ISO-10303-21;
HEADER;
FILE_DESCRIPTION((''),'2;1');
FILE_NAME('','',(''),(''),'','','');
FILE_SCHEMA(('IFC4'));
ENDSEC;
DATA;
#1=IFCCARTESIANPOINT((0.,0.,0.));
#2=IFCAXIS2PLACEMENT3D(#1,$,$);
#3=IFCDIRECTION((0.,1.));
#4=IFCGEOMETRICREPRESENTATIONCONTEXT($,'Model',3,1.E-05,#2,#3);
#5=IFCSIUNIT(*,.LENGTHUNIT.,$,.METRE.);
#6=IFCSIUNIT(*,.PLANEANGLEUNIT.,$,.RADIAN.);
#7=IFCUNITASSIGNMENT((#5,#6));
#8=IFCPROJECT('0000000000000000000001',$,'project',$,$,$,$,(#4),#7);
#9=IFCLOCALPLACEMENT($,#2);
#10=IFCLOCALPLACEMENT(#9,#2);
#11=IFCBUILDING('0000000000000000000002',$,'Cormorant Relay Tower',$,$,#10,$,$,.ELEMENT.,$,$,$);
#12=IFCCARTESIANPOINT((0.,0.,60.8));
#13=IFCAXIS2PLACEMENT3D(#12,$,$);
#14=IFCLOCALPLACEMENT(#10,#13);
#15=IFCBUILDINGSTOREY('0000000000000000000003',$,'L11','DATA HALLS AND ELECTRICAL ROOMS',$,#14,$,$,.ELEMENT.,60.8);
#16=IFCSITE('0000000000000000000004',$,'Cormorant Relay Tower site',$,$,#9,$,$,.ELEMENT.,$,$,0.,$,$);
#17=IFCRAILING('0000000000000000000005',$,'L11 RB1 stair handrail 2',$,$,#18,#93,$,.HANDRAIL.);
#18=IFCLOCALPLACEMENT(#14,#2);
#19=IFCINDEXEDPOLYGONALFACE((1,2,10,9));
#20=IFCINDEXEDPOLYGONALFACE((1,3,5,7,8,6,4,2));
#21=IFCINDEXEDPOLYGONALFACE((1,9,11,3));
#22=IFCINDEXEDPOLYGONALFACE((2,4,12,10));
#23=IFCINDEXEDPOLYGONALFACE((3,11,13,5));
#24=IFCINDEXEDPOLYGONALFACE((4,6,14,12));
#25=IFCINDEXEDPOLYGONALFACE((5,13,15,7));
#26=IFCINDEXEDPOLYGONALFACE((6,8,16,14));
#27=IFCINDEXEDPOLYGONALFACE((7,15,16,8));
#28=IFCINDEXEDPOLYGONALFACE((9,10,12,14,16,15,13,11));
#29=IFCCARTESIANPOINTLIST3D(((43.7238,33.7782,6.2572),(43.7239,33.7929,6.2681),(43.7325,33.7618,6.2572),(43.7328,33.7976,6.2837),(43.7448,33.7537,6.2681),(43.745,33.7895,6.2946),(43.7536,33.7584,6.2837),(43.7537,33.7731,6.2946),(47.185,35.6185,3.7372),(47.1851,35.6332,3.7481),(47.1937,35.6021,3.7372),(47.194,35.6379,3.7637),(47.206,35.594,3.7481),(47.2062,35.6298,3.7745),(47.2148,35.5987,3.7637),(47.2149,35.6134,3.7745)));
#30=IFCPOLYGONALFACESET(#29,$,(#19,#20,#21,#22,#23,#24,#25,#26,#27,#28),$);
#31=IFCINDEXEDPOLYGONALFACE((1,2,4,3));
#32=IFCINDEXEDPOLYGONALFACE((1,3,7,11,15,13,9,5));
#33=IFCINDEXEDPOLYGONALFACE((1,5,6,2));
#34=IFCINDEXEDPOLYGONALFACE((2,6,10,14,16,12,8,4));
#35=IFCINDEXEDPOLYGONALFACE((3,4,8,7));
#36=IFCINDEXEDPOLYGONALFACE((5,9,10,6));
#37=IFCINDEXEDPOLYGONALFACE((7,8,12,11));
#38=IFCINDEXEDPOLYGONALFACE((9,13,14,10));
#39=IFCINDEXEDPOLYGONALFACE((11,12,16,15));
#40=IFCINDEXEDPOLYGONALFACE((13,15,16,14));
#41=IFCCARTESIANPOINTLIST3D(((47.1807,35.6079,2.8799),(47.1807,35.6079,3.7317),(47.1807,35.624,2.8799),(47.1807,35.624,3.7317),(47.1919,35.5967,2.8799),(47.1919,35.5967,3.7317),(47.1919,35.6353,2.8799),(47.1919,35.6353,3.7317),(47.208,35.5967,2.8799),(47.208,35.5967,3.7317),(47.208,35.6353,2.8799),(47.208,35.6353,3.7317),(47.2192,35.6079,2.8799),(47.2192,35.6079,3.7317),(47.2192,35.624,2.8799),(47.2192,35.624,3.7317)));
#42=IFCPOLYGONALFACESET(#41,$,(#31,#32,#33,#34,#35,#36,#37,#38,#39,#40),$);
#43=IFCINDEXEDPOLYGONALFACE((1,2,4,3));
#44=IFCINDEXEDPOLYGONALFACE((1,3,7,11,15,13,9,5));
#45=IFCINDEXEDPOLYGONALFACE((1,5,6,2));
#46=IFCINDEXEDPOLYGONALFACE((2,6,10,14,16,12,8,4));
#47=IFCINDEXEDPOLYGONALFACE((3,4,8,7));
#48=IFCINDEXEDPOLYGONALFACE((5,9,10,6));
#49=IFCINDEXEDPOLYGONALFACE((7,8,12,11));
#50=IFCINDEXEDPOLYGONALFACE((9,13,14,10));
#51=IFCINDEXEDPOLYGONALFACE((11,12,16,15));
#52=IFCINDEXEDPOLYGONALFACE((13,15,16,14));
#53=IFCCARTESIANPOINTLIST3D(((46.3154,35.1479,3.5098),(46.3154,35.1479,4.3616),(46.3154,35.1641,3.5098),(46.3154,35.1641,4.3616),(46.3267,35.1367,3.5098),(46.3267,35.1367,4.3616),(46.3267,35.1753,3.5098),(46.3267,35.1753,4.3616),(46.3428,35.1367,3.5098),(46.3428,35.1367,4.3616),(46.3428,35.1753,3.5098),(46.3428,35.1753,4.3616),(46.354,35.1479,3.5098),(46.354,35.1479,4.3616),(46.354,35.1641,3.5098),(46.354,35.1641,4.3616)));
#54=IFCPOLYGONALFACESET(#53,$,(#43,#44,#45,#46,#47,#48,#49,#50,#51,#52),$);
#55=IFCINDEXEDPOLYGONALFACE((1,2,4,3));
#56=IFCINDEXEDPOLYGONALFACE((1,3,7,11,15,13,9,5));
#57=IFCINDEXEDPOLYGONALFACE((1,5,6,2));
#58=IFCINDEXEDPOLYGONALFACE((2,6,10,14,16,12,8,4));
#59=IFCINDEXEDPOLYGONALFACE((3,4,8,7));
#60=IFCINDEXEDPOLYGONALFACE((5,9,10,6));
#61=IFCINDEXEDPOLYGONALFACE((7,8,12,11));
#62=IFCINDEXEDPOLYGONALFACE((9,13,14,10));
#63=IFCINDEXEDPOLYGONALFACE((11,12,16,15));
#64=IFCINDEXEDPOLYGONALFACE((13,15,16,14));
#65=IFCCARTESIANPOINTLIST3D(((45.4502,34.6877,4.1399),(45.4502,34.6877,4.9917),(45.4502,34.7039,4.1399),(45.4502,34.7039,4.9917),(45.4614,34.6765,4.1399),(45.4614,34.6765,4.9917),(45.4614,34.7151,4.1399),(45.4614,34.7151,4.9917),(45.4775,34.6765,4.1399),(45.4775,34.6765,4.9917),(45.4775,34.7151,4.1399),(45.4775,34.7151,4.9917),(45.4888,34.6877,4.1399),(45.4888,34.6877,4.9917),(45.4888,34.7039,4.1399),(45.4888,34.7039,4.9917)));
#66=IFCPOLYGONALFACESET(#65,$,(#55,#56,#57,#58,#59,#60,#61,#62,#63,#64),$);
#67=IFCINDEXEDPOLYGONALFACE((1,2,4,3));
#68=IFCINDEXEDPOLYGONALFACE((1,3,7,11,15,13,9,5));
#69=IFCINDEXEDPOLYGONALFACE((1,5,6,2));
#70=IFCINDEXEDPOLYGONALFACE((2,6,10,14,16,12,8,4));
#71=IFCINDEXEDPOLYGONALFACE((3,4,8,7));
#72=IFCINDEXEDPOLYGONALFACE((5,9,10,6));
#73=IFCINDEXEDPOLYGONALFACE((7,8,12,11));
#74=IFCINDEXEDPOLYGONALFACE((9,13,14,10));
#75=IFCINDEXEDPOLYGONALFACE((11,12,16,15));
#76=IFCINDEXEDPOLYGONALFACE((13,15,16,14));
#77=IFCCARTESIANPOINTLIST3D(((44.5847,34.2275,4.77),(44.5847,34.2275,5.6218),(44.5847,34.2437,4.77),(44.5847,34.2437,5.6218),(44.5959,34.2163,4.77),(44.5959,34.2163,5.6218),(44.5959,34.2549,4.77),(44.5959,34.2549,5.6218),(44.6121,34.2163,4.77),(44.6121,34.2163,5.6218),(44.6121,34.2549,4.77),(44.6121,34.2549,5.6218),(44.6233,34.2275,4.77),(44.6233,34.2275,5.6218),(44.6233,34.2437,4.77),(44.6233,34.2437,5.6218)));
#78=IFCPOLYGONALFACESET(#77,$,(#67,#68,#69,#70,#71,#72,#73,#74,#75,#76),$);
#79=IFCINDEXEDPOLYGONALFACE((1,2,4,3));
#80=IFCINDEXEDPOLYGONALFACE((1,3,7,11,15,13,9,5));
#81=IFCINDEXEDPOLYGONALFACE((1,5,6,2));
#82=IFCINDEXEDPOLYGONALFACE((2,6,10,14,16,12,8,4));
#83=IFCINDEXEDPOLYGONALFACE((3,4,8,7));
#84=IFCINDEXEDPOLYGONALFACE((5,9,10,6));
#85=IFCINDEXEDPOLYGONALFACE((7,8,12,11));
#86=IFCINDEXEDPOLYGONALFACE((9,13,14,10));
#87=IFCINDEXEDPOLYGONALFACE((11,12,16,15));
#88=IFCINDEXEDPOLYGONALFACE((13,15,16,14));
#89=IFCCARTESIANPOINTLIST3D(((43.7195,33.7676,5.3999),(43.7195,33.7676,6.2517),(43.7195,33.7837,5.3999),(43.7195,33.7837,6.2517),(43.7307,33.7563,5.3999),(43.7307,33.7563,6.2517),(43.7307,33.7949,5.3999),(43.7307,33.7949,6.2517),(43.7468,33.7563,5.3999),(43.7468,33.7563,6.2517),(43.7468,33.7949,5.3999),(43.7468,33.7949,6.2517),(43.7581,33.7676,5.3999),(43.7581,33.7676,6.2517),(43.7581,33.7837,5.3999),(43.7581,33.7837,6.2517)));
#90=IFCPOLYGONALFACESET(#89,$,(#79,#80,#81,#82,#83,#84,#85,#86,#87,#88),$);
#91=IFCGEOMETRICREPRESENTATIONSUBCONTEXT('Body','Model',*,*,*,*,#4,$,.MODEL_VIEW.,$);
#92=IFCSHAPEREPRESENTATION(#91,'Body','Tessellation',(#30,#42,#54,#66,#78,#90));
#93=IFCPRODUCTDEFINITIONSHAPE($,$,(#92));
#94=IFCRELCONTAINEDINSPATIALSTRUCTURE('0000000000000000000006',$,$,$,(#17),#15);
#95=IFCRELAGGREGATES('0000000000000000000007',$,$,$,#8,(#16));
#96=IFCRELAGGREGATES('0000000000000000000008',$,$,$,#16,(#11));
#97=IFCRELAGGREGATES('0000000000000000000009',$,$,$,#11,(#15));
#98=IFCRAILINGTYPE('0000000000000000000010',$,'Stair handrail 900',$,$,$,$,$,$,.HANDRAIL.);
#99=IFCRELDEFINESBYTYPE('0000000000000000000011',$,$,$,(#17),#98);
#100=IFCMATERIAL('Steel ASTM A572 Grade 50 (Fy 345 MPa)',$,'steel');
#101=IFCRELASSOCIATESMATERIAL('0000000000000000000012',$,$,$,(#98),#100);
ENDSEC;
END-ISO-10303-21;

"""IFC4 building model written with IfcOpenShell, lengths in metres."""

from ifc_helpers import new_model, si_unit, direction, frame, origin, place, context, subcontext, project, spatial, polyline, outline, extrude, material, type_object, element, save


model = new_model("IFC4")

# Units and contexts
model_context = context("Model", 3, precision=1e-05, world=origin(), true_north=direction((0.0, 1.0)))
body_context = subcontext(model_context, "Body", "Model", "MODEL_VIEW")
ifc_project = project(units=[si_unit("LENGTHUNIT", "METRE"), si_unit("PLANEANGLEUNIT", "RADIAN")], contexts=[model_context])

# Site, building, storey
site_placement = place(None, origin())
site = spatial("IfcSite", under=ifc_project, at=site_placement, Name="Cormorant Relay Tower site", CompositionType="ELEMENT", RefElevation=0.0)
building_placement = place(site_placement, origin())
building = spatial("IfcBuilding", under=site, at=building_placement, Name="Cormorant Relay Tower", CompositionType="ELEMENT")
storey_placement = place(building_placement, frame((0.0, 0.0, 60.8)))
storey = spatial("IfcBuildingStorey", under=building, at=storey_placement, Name="L11", Description="DATA HALLS AND ELECTRICAL ROOMS", CompositionType="ELEMENT", Elevation=60.8)

# Railing
ifc_material_1 = material(Name="Steel ASTM A572 Grade 50 (Fy 345 MPa)", Category="steel")
railing_type_1 = type_object("IfcRailingType", Name="Stair handrail 900", PredefinedType="HANDRAIL", material=ifc_material_1)
railing_1_placement = place(storey_placement, frame((47.2, 35.616, 2.8799)))
element("IfcRailing", 1, at=railing_1_placement, inside=storey, type_object=railing_type_1, Name="L11 RB1 stair handrail 2", PredefinedType="HANDRAIL", context=body_context, shape_type="SweptSolid", body=[
    extrude(outline(polyline([(0.0222, 0.0093), (0.0093, 0.0222), (-0.0093, 0.0222), (-0.0222, 0.0093), (-0.0222, -0.0093), (-0.0093, -0.0222), (0.0093, -0.0222), (0.0222, -0.0093), (0.0222, 0.0093)])), frame((0.0, 0.0, 0.876), z_axis=(-0.742717, -0.394907, 0.540758), x_axis=(0.469469, -0.882949, 0.0)), (0.0, 0.0, 1.0), 4.6602),
    extrude(outline(polyline([(0.0193, 0.0081), (0.0081, 0.0193), (-0.0081, 0.0193), (-0.0193, 0.0081), (-0.0193, -0.0081), (-0.0081, -0.0193), (0.0081, -0.0193), (0.0193, -0.0081), (0.0193, 0.0081)])), origin(), (0.0, 0.0, 1.0), 0.8518),
    extrude(outline(polyline([(0.0193, 0.0081), (0.0081, 0.0193), (-0.0081, 0.0193), (-0.0193, 0.0081), (-0.0193, -0.0081), (-0.0081, -0.0193), (0.0081, -0.0193), (0.0193, -0.0081), (0.0193, 0.0081)])), frame((-0.8652, -0.46, 0.6299)), (0.0, 0.0, 1.0), 0.8518),
    extrude(outline(polyline([(0.0193, 0.0081), (0.0081, 0.0193), (-0.0081, 0.0193), (-0.0193, 0.0081), (-0.0193, -0.0081), (-0.0081, -0.0193), (0.0081, -0.0193), (0.0193, -0.0081), (0.0193, 0.0081)])), frame((-1.7305, -0.9202, 1.26)), (0.0, 0.0, 1.0), 0.8518),
    extrude(outline(polyline([(0.0193, 0.0081), (0.0081, 0.0193), (-0.0081, 0.0193), (-0.0193, 0.0081), (-0.0193, -0.0081), (-0.0081, -0.0193), (0.0081, -0.0193), (0.0193, -0.0081), (0.0193, 0.0081)])), frame((-2.5959, -1.3804, 1.8901)), (0.0, 0.0, 1.0), 0.8518),
    extrude(outline(polyline([(0.0193, 0.0081), (0.0081, 0.0193), (-0.0081, 0.0193), (-0.0193, 0.0081), (-0.0193, -0.0081), (-0.0081, -0.0193), (0.0081, -0.0193), (0.0193, -0.0081), (0.0193, 0.0081)])), frame((-3.4612, -1.8403, 2.52)), (0.0, 0.0, 1.0), 0.8518),
])

save(model, "model.ifc")
